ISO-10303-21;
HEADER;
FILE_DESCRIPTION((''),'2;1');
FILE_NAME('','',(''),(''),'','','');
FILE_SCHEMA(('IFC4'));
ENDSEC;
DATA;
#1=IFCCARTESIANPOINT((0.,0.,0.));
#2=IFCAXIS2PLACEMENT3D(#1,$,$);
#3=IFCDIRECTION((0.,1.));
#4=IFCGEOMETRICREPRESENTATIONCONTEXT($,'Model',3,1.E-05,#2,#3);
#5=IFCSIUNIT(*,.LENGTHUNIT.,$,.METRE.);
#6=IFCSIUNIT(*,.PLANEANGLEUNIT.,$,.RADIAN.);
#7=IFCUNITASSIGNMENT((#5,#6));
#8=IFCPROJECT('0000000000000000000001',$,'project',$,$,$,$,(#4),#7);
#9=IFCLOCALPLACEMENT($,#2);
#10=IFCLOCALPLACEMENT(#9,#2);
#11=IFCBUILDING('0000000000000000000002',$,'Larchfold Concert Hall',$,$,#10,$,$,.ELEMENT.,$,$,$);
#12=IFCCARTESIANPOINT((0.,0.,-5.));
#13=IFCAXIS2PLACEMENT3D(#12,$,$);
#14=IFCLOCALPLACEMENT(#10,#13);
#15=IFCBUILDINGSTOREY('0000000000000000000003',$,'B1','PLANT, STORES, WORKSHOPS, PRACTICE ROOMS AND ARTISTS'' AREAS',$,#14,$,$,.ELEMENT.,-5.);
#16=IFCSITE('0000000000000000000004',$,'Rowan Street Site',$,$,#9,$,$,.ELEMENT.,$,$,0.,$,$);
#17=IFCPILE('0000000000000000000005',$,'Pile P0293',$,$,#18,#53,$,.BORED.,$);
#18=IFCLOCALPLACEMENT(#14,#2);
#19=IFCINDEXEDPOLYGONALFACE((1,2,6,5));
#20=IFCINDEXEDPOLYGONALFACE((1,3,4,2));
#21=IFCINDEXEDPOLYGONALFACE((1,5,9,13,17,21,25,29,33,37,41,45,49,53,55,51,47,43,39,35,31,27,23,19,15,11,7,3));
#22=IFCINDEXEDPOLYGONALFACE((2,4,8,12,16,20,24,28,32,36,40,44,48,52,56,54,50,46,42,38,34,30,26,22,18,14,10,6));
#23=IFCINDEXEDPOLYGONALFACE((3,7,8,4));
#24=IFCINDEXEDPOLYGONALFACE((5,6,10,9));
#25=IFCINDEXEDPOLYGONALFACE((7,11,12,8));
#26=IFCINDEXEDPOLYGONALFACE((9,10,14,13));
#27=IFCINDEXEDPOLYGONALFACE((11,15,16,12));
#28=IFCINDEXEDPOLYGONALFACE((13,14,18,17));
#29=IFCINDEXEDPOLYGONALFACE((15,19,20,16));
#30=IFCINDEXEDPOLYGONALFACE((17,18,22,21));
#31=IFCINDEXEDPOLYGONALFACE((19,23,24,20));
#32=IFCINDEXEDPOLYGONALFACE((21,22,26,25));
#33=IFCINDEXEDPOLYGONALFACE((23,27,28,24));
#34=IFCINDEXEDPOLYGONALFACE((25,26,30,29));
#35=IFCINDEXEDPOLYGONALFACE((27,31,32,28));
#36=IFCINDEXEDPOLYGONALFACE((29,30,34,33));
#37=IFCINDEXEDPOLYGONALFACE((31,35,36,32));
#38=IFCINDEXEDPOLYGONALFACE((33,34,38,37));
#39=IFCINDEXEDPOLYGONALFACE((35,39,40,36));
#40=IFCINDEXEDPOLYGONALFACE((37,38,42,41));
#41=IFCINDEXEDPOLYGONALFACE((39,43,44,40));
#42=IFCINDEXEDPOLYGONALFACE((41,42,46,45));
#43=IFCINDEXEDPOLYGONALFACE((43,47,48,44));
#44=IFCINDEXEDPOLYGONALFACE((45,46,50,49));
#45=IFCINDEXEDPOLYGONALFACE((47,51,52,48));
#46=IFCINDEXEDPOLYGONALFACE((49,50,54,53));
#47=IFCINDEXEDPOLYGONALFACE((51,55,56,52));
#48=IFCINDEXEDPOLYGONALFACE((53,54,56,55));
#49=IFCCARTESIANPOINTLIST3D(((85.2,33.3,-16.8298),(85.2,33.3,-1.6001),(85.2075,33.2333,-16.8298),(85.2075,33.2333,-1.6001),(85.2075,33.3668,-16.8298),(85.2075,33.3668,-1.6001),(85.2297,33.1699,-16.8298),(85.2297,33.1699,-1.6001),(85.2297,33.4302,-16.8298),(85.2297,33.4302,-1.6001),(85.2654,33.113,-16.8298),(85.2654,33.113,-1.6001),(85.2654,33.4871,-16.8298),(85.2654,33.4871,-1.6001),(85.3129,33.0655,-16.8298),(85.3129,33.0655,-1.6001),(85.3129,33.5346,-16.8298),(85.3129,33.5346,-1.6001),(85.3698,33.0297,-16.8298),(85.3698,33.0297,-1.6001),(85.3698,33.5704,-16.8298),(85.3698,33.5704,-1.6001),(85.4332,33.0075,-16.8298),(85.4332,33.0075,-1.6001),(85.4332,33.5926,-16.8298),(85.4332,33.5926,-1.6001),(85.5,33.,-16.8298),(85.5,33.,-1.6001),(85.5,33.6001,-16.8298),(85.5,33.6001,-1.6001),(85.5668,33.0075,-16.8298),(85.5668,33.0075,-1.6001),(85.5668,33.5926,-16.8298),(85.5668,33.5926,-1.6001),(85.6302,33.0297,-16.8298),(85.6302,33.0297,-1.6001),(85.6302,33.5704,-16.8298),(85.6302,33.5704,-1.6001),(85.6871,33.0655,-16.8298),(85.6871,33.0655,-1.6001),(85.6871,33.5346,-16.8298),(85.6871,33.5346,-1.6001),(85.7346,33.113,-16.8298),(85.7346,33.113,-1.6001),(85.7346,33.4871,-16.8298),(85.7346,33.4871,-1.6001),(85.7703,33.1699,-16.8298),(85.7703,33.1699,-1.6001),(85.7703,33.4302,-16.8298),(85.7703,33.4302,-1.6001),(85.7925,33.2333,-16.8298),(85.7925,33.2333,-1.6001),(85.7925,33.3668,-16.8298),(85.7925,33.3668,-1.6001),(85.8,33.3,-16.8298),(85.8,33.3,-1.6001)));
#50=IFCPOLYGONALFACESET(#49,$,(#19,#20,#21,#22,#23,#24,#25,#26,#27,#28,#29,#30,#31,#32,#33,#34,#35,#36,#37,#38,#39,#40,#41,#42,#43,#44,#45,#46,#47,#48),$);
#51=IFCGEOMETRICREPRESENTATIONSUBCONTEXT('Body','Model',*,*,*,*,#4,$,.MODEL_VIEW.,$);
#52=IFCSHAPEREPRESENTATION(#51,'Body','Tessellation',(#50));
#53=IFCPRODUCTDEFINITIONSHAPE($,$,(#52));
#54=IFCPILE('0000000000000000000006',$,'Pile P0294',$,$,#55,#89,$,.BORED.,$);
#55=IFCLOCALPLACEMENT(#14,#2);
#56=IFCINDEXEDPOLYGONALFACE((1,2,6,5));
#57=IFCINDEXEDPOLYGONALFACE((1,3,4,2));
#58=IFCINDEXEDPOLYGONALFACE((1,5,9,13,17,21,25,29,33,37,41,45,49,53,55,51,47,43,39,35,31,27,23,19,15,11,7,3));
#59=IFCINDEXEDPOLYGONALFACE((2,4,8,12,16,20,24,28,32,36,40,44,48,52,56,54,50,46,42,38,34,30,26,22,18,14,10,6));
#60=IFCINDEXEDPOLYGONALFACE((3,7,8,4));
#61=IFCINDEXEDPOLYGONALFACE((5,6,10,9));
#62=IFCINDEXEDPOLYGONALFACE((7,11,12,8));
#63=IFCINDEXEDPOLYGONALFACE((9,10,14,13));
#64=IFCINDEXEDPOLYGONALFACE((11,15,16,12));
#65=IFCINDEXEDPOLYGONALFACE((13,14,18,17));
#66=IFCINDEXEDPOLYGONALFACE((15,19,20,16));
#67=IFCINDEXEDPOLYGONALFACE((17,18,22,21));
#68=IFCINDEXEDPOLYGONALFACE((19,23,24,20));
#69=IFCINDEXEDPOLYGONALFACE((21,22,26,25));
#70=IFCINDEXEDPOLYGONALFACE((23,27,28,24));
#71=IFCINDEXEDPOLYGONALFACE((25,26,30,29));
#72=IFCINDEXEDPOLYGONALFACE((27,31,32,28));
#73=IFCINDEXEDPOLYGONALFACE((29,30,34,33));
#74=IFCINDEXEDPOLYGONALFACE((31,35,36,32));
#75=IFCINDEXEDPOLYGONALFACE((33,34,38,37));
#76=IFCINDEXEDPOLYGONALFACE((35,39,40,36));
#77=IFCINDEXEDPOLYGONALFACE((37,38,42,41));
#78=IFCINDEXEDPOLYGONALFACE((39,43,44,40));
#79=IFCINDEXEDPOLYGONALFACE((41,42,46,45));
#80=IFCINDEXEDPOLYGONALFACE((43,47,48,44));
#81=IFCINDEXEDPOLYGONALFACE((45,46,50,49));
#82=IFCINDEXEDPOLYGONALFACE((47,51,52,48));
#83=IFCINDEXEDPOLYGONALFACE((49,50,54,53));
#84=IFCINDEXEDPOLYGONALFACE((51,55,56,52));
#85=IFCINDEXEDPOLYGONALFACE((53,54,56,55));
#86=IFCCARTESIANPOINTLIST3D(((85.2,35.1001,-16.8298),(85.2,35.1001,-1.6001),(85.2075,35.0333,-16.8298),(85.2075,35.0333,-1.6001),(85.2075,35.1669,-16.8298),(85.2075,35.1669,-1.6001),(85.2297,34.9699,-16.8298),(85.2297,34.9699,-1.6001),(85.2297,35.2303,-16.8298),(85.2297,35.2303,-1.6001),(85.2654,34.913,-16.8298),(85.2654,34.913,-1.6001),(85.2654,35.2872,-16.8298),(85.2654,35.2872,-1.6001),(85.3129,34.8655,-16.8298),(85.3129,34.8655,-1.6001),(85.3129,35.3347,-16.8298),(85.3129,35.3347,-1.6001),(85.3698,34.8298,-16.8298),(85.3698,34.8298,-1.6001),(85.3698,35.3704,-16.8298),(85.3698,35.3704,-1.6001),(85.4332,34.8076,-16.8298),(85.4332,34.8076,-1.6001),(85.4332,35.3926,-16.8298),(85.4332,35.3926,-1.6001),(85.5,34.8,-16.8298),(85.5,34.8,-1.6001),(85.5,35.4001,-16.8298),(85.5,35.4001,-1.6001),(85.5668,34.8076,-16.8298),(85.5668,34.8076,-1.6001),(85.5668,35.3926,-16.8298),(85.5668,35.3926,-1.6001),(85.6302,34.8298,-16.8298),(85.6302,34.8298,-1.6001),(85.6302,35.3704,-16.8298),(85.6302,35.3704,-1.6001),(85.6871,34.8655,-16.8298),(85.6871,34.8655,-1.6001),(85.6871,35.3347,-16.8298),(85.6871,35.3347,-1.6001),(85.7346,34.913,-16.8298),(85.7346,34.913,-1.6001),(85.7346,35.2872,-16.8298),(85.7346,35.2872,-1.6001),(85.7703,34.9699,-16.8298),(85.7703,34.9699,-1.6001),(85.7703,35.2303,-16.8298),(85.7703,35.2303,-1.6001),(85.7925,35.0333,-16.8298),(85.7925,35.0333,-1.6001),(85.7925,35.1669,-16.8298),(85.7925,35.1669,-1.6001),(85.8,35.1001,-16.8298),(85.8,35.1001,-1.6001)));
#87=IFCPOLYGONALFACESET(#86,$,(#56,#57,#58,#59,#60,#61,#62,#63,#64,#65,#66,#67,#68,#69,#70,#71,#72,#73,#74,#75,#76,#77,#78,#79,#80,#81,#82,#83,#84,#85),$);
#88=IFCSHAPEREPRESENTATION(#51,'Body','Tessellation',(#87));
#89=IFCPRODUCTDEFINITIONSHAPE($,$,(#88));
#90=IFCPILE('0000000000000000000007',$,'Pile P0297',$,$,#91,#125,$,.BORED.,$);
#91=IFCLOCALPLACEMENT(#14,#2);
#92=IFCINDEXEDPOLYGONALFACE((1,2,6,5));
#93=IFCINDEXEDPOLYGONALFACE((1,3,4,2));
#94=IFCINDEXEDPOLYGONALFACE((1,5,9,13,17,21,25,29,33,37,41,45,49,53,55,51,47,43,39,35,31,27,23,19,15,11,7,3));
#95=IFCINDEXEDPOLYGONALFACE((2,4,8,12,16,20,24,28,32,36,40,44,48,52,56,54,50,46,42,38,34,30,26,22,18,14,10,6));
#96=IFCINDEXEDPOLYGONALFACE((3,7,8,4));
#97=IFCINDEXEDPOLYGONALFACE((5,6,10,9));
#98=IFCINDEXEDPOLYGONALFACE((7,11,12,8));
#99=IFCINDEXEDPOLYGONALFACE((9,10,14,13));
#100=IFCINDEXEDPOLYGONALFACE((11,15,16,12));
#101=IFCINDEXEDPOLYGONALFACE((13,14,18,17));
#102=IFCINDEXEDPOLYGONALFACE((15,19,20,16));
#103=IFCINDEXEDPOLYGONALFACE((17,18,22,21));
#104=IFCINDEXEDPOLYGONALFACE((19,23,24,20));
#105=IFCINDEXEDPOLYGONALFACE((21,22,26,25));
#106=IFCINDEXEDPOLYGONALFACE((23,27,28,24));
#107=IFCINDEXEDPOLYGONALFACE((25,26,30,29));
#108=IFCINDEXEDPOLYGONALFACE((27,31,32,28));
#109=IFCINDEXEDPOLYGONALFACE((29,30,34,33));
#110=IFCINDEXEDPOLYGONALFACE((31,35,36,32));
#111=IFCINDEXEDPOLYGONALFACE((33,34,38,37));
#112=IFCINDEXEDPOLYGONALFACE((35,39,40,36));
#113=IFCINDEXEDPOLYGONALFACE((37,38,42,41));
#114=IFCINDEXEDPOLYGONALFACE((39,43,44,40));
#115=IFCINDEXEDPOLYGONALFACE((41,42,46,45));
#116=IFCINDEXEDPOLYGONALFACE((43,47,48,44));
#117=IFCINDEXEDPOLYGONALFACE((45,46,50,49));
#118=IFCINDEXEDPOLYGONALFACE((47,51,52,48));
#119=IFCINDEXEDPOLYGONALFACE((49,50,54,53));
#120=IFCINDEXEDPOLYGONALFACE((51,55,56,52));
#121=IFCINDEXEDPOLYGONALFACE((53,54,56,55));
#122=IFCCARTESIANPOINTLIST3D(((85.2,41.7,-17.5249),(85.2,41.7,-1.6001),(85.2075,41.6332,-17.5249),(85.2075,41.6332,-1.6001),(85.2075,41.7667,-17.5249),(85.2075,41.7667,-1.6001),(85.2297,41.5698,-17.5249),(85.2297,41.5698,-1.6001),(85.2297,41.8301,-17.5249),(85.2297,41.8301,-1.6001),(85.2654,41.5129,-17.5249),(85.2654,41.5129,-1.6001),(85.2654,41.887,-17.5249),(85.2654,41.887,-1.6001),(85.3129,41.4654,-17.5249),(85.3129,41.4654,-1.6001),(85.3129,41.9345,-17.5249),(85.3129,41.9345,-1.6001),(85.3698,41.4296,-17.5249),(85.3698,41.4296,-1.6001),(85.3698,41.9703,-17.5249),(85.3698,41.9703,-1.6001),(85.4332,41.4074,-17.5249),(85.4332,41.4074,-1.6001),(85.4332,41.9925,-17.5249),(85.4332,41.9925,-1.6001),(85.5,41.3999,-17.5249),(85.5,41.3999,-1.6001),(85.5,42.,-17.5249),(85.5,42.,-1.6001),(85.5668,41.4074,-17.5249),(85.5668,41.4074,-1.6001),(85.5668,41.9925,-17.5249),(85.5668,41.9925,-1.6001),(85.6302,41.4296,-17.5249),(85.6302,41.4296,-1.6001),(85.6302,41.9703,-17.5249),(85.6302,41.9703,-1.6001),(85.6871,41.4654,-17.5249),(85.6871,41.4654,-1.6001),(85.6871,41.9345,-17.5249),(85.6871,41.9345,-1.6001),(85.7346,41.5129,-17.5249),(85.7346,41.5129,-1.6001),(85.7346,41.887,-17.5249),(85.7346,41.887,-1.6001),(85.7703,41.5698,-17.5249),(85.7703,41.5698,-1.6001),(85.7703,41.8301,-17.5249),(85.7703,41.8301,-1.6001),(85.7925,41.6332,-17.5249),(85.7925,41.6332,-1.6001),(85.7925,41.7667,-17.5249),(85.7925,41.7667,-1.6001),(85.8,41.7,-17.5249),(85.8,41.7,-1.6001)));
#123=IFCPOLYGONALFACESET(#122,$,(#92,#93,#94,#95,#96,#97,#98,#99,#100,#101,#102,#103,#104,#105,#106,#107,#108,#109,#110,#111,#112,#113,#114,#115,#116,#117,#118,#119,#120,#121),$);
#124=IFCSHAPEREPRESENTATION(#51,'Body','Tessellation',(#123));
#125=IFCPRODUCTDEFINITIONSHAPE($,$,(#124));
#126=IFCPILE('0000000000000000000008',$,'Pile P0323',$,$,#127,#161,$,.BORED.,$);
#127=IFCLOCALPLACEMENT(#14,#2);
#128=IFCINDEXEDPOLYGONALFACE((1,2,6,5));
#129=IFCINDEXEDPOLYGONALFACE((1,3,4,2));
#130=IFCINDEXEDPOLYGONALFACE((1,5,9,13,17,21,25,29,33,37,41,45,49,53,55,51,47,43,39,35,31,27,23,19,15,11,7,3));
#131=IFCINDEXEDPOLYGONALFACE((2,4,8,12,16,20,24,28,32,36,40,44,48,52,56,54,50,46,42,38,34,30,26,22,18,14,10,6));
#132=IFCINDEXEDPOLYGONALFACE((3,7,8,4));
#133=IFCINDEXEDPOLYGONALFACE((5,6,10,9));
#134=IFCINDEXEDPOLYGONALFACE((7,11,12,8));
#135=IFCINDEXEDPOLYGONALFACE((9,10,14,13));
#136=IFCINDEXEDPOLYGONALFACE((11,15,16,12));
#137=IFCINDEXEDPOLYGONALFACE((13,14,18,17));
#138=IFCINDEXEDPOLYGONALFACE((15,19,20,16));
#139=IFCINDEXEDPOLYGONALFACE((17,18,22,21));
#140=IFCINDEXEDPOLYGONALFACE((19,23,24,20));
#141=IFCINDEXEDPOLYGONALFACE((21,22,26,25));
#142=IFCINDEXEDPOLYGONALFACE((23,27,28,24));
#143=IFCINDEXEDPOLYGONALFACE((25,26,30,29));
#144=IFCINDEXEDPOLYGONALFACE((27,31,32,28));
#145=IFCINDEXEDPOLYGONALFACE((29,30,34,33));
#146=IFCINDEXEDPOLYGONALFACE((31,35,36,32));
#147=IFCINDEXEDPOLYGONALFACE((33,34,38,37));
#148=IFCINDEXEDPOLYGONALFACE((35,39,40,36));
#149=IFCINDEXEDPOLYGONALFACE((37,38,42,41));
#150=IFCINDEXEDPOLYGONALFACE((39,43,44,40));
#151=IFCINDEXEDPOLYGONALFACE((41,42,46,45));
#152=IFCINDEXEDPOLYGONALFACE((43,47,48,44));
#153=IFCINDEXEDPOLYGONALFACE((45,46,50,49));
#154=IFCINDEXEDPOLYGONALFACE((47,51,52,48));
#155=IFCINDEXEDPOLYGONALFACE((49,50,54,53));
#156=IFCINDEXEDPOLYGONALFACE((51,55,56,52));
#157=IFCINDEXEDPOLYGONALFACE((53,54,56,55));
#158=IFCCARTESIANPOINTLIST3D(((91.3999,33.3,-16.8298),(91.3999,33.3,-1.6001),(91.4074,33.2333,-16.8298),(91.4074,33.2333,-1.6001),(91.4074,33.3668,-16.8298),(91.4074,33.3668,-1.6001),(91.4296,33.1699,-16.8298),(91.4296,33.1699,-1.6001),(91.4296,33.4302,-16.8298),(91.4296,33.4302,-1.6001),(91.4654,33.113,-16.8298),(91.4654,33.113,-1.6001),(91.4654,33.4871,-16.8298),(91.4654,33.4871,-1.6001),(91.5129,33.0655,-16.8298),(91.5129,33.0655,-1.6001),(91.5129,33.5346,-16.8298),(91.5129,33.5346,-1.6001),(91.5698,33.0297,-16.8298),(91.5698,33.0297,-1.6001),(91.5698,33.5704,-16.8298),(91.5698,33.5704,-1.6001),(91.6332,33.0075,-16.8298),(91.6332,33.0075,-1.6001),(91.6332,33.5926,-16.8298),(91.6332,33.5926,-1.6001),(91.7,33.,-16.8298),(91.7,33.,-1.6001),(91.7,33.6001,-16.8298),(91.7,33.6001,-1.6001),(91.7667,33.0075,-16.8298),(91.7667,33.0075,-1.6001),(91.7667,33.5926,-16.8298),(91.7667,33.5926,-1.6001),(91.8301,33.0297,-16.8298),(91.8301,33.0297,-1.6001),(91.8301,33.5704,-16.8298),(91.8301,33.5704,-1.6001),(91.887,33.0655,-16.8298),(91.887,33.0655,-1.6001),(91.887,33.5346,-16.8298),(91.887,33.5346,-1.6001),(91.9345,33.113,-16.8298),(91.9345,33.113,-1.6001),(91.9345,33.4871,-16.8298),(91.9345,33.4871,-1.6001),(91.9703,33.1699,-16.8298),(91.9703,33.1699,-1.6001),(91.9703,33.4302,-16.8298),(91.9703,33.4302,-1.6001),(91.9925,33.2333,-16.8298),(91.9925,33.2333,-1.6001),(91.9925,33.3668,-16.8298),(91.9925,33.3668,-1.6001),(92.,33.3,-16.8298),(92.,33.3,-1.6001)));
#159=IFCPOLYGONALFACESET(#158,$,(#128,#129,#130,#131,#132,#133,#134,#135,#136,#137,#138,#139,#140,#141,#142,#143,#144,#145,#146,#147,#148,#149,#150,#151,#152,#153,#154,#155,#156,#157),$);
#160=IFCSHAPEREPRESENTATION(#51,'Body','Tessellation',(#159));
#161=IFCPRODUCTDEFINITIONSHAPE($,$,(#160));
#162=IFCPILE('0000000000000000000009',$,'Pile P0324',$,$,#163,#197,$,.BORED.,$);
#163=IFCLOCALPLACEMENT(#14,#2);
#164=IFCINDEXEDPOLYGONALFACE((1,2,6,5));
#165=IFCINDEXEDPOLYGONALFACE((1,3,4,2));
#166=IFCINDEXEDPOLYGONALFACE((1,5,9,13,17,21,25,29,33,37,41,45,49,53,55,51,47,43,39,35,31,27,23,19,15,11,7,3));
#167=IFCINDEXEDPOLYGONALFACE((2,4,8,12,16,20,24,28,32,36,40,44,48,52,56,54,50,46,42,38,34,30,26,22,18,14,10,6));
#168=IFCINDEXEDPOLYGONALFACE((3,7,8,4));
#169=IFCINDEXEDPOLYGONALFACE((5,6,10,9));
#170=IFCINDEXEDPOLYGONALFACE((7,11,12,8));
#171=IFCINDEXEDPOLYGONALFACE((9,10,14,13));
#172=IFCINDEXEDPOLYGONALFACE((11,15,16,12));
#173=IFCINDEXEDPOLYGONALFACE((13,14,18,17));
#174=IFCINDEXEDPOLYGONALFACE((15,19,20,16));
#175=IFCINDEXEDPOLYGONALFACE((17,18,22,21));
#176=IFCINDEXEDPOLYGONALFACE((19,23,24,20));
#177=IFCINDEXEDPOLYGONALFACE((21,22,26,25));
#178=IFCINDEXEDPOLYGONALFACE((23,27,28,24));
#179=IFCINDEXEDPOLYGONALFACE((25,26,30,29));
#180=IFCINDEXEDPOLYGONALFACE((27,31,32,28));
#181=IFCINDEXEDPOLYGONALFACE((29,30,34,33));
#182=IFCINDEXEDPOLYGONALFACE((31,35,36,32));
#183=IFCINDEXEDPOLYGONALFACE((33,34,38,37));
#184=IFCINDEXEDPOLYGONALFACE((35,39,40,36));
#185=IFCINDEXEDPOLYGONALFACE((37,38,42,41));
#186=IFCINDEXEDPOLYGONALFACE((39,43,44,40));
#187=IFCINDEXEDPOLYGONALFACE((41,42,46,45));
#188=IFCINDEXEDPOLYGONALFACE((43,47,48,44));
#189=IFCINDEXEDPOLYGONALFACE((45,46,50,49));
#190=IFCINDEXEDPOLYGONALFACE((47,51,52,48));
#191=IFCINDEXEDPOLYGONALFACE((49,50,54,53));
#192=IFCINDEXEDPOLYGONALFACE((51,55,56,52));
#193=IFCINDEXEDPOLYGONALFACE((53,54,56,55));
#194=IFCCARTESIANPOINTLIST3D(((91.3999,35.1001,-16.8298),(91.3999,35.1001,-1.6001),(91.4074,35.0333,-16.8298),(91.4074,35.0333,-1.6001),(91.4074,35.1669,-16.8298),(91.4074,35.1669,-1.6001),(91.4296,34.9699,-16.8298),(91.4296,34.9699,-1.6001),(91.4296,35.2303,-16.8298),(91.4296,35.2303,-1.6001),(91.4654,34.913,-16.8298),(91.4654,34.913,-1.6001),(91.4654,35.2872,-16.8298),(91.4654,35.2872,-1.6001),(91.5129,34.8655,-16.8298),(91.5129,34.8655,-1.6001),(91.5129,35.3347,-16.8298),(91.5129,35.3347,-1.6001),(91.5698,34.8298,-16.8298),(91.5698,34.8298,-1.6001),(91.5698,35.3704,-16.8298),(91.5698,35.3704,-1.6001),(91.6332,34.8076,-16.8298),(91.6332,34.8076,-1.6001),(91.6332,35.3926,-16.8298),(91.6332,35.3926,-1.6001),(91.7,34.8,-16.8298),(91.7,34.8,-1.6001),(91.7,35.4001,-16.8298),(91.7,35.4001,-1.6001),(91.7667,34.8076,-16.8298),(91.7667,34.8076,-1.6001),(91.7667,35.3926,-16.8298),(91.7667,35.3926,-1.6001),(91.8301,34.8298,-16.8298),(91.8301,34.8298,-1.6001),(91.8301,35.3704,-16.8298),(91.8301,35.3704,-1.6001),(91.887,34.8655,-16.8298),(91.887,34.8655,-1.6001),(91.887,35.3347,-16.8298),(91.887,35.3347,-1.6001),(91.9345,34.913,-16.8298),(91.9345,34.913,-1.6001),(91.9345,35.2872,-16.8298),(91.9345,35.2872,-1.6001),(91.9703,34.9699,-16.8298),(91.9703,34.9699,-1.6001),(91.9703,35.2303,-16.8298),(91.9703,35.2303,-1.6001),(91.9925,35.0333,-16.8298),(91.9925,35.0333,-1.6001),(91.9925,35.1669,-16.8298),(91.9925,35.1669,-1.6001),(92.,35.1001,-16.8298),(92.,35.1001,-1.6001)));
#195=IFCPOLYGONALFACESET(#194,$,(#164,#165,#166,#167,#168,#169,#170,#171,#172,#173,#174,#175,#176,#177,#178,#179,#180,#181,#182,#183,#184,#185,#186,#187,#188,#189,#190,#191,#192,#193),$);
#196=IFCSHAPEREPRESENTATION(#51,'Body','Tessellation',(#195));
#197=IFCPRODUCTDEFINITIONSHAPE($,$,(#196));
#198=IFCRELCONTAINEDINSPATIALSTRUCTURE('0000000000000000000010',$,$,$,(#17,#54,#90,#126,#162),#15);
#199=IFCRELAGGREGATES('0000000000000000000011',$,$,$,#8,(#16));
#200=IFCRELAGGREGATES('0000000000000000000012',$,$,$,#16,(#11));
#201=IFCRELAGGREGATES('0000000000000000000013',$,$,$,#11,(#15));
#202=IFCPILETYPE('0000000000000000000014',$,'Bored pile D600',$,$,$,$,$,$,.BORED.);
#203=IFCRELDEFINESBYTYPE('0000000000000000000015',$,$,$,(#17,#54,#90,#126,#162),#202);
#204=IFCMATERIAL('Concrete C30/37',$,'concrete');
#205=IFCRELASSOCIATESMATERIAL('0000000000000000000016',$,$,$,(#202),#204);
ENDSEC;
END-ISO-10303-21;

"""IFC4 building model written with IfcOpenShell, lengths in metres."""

from ifc_helpers import new_model, si_unit, direction, frame, origin, origin_2d, place, context, subcontext, project, spatial, circle, extrude, material, material_profile, profile_set, type_object, element, save


model = new_model("IFC4")

# Units and contexts
model_context = context("Model", 3, precision=1e-05, world=origin(), true_north=direction((0.0, 1.0)))
body_context = subcontext(model_context, "Body", "Model", "MODEL_VIEW")
ifc_project = project(units=[si_unit("LENGTHUNIT", "METRE"), si_unit("PLANEANGLEUNIT", "RADIAN")], contexts=[model_context])

# Site, building, storey
site_placement = place(None, origin())
site = spatial("IfcSite", under=ifc_project, at=site_placement, Name="Rowan Street Site", CompositionType="ELEMENT", RefElevation=0.0)
building_placement = place(site_placement, origin())
building = spatial("IfcBuilding", under=site, at=building_placement, Name="Larchfold Concert Hall", CompositionType="ELEMENT")
storey_placement = place(building_placement, frame((0.0, 0.0, -5.0)))
storey = spatial("IfcBuildingStorey", under=building, at=storey_placement, Name="B1", Description="PLANT, STORES, WORKSHOPS, PRACTICE ROOMS AND ARTISTS' AREAS", CompositionType="ELEMENT", Elevation=-5.0)

# Piles
ifc_material_1 = material(Name="Concrete C30/37", Category="concrete")
ifc_material_profile = material_profile(ifc_material_1, circle(Radius=0.3, at=origin_2d()))
ifc_profile_set = profile_set([ifc_material_profile], Name="Concrete C30/37")
pile_type = type_object("IfcPileType", Name="Bored pile D600", PredefinedType="BORED", material=ifc_profile_set)
for number, where, z_axis, x_axis, name in (
    (1, (85.5, 33.3, -1.6001), (0.0, 0.0, -1.0), (1.0, 0.0, 0.0), "Pile P0293"),
    (2, (85.5, 35.1001, -1.6001), (0.0, 0.0, -1.0), (1.0, 0.0, 0.0), "Pile P0294"),
):
    element("IfcPile", number, at=place(storey_placement, frame(where, z_axis=z_axis, x_axis=x_axis)), inside=storey, type_object=pile_type, Name=name, PredefinedType="BORED", context=body_context, shape_type="SweptSolid", body=[
        extrude(circle(Radius=0.3, at=origin_2d()), origin(), (0.0, 0.0, 1.0), 15.2297),
    ])
pile_1_placement = place(storey_placement, frame((85.5, 41.7, -1.6001), z_axis=(0.0, 0.0, -1.0), x_axis=(1.0, 0.0, 0.0)))
element("IfcPile", 3, at=pile_1_placement, inside=storey, type_object=pile_type, Name="Pile P0297", PredefinedType="BORED", context=body_context, shape_type="SweptSolid", body=[
    extrude(circle(Radius=0.3, at=origin_2d()), origin(), (0.0, 0.0, 1.0), 15.9248),
])
for number, where, z_axis, x_axis, name in (
    (4, (91.7, 33.3, -1.6001), (0.0, 0.0, -1.0), (1.0, 0.0, 0.0), "Pile P0323"),
    (5, (91.7, 35.1001, -1.6001), (0.0, 0.0, -1.0), (1.0, 0.0, 0.0), "Pile P0324"),
):
    element("IfcPile", number, at=place(storey_placement, frame(where, z_axis=z_axis, x_axis=x_axis)), inside=storey, type_object=pile_type, Name=name, PredefinedType="BORED", context=body_context, shape_type="SweptSolid", body=[
        extrude(circle(Radius=0.3, at=origin_2d()), origin(), (0.0, 0.0, 1.0), 15.2297),
    ])

save(model, "model.ifc")
